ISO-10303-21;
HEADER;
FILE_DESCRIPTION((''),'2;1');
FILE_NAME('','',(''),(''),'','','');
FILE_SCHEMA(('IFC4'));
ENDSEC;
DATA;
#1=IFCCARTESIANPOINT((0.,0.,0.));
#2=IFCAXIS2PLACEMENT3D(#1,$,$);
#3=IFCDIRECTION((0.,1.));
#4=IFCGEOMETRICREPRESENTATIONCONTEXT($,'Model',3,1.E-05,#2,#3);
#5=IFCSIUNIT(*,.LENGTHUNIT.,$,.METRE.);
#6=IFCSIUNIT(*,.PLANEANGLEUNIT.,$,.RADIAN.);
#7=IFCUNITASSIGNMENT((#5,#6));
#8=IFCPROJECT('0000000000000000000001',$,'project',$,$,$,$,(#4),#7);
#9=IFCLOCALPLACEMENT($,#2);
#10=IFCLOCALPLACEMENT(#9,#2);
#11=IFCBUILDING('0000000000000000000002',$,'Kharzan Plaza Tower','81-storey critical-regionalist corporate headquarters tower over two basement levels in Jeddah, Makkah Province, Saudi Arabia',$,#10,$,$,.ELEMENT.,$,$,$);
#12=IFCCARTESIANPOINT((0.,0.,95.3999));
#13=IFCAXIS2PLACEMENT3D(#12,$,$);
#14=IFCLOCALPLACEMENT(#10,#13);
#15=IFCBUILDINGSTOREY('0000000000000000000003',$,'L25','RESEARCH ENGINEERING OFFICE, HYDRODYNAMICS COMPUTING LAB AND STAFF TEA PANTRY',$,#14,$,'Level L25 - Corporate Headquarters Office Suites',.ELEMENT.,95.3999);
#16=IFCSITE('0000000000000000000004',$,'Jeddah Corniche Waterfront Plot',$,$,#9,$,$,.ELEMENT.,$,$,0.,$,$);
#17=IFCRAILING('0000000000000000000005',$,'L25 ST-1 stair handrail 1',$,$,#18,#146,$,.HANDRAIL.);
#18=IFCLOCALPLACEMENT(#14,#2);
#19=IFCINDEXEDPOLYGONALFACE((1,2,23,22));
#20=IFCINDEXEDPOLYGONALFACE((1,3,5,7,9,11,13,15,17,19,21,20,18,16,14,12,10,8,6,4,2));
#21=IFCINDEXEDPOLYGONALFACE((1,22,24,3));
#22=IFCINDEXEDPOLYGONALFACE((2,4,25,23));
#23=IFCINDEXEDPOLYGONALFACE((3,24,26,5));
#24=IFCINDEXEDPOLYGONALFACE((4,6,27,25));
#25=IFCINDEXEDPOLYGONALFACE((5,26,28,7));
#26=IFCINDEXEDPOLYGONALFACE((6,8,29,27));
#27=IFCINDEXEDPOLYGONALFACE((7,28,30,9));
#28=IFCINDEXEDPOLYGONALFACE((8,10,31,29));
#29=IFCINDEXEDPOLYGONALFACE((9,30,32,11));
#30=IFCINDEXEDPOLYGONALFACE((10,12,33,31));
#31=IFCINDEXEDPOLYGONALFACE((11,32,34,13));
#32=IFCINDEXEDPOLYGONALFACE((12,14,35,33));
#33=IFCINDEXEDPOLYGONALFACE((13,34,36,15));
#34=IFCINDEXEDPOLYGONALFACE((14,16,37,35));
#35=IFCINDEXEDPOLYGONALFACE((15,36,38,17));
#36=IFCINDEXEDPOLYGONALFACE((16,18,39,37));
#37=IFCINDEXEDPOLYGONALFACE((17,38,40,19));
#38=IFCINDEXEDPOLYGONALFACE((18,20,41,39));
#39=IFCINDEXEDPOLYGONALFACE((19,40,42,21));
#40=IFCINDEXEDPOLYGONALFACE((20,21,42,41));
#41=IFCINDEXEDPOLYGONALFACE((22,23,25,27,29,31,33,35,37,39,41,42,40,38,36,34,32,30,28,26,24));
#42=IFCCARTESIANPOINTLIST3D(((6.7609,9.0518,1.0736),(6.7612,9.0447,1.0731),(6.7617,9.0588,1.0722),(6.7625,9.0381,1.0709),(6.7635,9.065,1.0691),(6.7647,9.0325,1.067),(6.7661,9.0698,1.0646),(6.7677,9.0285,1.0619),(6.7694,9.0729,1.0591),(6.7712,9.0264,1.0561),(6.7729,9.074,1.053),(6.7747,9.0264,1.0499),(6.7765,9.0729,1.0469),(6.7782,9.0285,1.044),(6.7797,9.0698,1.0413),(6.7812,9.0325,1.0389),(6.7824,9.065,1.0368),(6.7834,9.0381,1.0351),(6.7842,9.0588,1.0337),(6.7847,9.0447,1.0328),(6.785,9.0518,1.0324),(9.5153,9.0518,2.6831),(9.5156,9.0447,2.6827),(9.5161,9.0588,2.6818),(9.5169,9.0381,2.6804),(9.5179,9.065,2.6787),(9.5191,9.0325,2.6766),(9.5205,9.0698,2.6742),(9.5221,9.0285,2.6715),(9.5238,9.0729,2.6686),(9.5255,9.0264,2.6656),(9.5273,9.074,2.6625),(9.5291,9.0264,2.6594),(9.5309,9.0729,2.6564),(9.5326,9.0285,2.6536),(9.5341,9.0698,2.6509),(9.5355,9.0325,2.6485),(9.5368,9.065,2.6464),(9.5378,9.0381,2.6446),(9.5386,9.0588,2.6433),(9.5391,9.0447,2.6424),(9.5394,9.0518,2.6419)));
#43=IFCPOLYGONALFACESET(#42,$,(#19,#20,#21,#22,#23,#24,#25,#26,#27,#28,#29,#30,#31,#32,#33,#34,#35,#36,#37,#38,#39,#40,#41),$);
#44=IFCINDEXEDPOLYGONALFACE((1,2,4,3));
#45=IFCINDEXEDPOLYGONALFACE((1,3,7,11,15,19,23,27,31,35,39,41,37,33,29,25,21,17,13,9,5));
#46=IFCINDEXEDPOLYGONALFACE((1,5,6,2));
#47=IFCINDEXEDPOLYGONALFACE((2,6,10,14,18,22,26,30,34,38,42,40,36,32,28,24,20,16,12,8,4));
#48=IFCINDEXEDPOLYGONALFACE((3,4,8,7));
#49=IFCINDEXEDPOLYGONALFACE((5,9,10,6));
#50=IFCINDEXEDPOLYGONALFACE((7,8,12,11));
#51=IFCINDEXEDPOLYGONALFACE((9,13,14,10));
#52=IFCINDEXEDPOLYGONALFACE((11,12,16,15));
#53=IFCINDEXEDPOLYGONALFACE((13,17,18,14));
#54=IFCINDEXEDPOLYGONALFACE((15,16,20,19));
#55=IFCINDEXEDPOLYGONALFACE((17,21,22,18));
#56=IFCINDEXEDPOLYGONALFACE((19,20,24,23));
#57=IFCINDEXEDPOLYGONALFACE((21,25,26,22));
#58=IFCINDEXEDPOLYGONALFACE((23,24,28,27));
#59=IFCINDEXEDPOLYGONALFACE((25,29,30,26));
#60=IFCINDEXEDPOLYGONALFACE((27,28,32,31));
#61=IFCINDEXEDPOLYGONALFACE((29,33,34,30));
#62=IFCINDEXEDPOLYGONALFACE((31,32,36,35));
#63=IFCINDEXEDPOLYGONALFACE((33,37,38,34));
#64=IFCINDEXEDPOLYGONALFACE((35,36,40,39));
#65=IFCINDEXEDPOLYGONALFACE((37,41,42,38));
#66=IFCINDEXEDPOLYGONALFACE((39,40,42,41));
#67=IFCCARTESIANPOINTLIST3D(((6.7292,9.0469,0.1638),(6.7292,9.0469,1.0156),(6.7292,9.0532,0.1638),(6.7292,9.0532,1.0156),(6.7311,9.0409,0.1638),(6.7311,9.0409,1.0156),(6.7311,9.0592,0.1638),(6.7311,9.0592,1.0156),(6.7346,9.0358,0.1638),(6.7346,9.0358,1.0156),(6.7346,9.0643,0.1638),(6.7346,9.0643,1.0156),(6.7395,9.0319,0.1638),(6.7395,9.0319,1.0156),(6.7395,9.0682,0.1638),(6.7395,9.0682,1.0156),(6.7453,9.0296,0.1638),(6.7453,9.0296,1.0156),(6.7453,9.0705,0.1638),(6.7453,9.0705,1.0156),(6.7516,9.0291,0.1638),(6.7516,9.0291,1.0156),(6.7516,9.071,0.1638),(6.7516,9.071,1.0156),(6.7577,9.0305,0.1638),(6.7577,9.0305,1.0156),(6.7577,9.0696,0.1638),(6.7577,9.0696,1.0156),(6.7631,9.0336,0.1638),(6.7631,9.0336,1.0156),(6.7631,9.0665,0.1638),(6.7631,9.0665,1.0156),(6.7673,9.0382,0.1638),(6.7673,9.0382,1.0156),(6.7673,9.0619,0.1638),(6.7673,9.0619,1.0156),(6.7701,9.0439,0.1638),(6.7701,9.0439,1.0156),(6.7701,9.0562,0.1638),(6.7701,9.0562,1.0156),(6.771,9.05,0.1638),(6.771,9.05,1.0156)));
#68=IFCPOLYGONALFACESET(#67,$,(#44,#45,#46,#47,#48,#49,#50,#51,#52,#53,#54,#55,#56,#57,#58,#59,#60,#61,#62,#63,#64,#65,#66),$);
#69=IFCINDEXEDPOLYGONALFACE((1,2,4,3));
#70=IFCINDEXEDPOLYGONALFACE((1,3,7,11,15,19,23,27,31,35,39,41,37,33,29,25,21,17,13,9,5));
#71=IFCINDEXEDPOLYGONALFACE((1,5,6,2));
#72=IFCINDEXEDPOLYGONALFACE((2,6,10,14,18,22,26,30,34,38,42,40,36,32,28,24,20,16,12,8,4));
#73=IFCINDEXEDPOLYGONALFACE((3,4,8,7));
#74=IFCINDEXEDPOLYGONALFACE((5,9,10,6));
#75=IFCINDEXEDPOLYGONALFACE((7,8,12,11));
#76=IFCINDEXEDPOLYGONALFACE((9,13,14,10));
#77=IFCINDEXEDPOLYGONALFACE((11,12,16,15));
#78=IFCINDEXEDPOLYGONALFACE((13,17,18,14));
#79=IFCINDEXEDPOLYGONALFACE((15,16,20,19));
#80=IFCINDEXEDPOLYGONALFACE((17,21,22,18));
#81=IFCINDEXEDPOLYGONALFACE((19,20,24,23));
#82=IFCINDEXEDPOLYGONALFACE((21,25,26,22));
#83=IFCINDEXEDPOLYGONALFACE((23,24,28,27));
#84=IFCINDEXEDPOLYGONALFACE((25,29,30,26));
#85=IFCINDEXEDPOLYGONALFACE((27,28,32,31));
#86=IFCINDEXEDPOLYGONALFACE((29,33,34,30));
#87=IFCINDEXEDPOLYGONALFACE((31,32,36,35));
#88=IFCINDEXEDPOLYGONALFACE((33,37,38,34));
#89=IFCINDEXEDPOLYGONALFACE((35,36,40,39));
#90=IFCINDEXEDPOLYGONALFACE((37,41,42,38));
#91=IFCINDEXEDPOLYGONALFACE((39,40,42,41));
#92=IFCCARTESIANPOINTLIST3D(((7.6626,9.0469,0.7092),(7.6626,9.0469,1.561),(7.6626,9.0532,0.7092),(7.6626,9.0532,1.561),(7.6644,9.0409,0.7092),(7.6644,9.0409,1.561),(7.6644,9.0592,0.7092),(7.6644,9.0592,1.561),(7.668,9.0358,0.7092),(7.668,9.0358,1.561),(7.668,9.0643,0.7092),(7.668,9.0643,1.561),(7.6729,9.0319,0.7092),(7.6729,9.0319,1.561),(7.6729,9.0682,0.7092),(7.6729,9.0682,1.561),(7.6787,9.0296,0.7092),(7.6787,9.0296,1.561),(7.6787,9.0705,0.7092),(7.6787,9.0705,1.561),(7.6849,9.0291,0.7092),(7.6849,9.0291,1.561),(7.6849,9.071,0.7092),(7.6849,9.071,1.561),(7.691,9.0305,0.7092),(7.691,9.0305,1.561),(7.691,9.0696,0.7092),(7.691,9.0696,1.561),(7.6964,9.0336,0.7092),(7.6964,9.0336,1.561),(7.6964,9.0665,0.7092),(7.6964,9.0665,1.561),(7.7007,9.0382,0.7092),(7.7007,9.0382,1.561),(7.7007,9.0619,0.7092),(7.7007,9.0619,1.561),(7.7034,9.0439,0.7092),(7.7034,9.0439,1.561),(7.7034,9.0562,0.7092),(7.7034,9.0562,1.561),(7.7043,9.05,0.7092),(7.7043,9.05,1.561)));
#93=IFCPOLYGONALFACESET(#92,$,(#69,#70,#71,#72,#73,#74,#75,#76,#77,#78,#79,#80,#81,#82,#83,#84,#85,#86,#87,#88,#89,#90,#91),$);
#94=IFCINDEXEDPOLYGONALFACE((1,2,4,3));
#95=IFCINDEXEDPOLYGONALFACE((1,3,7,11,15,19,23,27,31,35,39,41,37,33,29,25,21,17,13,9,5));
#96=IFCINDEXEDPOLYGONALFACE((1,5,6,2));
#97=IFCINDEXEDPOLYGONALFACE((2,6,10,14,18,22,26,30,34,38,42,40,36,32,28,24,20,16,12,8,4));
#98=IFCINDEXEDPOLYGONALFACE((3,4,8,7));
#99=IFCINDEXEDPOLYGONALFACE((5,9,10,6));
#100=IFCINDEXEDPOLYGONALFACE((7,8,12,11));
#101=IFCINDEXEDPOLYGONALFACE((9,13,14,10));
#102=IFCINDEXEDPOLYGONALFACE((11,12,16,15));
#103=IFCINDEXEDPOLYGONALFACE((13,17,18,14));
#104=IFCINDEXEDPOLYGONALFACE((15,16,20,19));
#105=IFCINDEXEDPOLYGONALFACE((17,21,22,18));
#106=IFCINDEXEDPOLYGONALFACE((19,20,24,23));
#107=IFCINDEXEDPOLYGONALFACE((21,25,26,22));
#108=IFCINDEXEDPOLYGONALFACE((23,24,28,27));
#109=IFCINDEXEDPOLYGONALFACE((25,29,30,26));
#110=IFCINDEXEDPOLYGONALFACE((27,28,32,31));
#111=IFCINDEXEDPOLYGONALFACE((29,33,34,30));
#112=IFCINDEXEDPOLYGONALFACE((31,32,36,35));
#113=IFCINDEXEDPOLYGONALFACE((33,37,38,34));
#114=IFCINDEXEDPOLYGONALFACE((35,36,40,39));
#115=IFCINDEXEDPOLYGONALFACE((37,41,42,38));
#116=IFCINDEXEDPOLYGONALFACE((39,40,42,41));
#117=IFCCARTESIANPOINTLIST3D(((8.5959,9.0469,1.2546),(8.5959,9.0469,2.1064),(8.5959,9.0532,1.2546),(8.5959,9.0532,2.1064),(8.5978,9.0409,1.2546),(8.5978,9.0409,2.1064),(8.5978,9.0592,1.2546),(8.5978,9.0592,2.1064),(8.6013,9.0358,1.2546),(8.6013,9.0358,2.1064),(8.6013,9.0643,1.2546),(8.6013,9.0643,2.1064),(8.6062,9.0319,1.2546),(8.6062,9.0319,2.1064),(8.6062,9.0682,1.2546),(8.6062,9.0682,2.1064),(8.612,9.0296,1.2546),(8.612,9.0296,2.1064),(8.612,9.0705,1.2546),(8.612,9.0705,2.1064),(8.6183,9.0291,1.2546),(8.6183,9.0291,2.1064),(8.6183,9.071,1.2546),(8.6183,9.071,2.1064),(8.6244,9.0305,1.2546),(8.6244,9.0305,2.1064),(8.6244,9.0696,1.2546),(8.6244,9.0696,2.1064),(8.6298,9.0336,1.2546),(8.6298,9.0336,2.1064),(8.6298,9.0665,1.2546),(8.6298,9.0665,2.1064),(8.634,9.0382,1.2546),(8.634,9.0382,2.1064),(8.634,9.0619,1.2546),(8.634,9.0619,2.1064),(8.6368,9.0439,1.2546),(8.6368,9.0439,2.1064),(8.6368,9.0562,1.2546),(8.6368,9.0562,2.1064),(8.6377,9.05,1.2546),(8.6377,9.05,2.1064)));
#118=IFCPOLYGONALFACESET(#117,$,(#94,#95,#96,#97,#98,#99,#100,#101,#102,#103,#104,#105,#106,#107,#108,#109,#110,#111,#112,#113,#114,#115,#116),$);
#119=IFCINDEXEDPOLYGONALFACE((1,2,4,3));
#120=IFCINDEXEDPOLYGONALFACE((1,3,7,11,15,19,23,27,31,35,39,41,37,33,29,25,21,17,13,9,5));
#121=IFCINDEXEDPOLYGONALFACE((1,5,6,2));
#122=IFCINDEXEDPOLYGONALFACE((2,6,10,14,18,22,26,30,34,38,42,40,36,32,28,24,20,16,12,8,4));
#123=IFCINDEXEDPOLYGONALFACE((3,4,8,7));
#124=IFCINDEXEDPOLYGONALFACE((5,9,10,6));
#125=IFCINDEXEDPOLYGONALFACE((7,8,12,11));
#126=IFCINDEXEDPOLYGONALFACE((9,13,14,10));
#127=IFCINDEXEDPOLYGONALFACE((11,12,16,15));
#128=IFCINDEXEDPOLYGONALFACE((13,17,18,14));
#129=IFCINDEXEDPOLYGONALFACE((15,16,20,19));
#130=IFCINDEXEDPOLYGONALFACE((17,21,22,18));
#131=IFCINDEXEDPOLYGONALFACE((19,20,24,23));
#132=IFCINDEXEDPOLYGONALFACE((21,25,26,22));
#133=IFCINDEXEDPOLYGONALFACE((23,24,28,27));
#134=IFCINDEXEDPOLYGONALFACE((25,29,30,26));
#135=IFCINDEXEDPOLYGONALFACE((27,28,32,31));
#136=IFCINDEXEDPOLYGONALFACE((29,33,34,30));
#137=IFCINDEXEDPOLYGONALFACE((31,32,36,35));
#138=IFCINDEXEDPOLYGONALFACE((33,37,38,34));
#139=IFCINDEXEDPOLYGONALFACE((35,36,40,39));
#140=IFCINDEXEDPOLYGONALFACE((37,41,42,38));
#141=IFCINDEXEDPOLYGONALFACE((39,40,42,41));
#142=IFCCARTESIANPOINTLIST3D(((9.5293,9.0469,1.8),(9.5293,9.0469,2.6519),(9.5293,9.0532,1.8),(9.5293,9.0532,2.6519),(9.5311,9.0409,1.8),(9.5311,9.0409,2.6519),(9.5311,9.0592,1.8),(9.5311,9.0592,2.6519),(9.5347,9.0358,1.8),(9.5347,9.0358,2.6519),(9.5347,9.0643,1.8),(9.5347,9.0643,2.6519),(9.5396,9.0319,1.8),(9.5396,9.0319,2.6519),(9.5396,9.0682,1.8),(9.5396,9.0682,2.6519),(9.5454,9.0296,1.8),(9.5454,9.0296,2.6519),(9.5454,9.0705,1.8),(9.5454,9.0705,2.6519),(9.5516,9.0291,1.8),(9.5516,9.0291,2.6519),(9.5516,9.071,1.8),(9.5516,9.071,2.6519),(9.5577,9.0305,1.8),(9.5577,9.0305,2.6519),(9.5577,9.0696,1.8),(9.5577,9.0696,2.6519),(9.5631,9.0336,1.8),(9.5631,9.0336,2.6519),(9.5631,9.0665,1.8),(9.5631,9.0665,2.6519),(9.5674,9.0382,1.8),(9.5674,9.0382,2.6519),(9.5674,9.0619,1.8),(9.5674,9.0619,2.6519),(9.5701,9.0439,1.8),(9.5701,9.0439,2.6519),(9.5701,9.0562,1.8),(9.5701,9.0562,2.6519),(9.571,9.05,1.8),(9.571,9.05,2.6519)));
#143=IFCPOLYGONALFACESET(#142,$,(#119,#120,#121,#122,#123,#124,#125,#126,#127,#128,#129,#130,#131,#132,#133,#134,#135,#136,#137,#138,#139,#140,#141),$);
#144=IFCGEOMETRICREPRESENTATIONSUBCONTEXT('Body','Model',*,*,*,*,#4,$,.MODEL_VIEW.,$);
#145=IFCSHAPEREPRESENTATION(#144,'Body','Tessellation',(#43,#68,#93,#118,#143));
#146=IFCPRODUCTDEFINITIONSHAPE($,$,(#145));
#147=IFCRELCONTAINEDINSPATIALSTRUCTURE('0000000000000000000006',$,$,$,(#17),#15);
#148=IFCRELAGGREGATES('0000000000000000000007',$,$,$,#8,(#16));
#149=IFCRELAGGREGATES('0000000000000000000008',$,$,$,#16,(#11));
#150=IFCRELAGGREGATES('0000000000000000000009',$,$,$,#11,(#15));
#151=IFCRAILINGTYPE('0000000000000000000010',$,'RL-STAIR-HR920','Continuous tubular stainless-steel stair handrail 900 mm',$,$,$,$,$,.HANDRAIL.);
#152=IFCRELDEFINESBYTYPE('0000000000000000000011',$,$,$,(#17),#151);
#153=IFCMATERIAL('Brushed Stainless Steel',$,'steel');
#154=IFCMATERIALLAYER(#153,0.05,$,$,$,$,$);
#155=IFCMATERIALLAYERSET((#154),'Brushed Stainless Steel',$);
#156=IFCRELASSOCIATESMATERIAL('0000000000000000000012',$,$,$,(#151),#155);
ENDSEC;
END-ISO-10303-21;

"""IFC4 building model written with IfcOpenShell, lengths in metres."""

from ifc_helpers import new_model, si_unit, direction, frame, origin, origin_2d, place, context, subcontext, project, spatial, circle, extrude, source, transform, mapped, material, layer, layer_set, type_object, element, save


model = new_model("IFC4")

# Units and contexts
model_context = context("Model", 3, precision=1e-05, world=origin(), true_north=direction((0.0, 1.0)))
body_context = subcontext(model_context, "Body", "Model", "MODEL_VIEW")
ifc_project = project(units=[si_unit("LENGTHUNIT", "METRE"), si_unit("PLANEANGLEUNIT", "RADIAN")], contexts=[model_context])

# Site, building, storey
site_placement = place(None, origin())
site = spatial("IfcSite", under=ifc_project, at=site_placement, Name="Jeddah Corniche Waterfront Plot", CompositionType="ELEMENT", RefElevation=0.0)
building_placement = place(site_placement, origin())
building = spatial("IfcBuilding", under=site, at=building_placement, Name="Kharzan Plaza Tower", Description="81-storey critical-regionalist corporate headquarters tower over two basement levels in Jeddah, Makkah Province, Saudi Arabia", CompositionType="ELEMENT")
storey_placement = place(building_placement, frame((0.0, 0.0, 95.3999)))
storey = spatial("IfcBuildingStorey", under=building, at=storey_placement, Name="L25", Description="RESEARCH ENGINEERING OFFICE, HYDRODYNAMICS COMPUTING LAB AND STAFF TEA PANTRY", LongName="Level L25 - Corporate Headquarters Office Suites", CompositionType="ELEMENT", Elevation=95.3999)

# Railing
ifc_material_1 = material(Name="Brushed Stainless Steel", Category="steel")
ifc_layer_1 = layer(ifc_material_1, 0.05)
ifc_layer_set_1 = layer_set([ifc_layer_1], Name="Brushed Stainless Steel")
railing_type_1 = type_object("IfcRailingType", Name="RL-STAIR-HR920", Description="Continuous tubular stainless-steel stair handrail 900 mm", PredefinedType="HANDRAIL", material=ifc_layer_set_1)
shared_shape_1 = source(origin(), body_context, "Body", "SweptSolid", [
    extrude(circle(Radius=0.0239, at=origin_2d()), frame((0.0229, 0.0, 0.8892), z_axis=(0.863394, 0.0, 0.504531), x_axis=(0.0, 1.0, 0.0)), (0.0, 0.0, 1.0), 3.1902),
    extrude(circle(Radius=0.021, at=origin_2d()), origin(), (0.0, 0.0, 1.0), 0.8518),
    extrude(circle(Radius=0.021, at=origin_2d()), frame((0.9333, 0.0, 0.5454)), (0.0, 0.0, 1.0), 0.8518),
    extrude(circle(Radius=0.021, at=origin_2d()), frame((1.8667, 0.0, 1.0908)), (0.0, 0.0, 1.0), 0.8518),
    extrude(circle(Radius=0.021, at=origin_2d()), frame((2.8, 0.0, 1.6362)), (0.0, 0.0, 1.0), 0.8518),
])
railing_1_placement = place(storey_placement, frame((6.75, 9.05, 0.1638)))
element("IfcRailing", 1, at=railing_1_placement, inside=storey, type_object=railing_type_1, Name="L25 ST-1 stair handrail 1", PredefinedType="HANDRAIL", context=body_context, shape_type="MappedRepresentation", body=[
    mapped(shared_shape_1, transform((0.0, 0.0, 0.0), x_axis=(1.0, 0.0, 0.0), y_axis=(0.0, 1.0, 0.0), z_axis=(0.0, 0.0, 1.0))),
])

save(model, "model.ifc")
